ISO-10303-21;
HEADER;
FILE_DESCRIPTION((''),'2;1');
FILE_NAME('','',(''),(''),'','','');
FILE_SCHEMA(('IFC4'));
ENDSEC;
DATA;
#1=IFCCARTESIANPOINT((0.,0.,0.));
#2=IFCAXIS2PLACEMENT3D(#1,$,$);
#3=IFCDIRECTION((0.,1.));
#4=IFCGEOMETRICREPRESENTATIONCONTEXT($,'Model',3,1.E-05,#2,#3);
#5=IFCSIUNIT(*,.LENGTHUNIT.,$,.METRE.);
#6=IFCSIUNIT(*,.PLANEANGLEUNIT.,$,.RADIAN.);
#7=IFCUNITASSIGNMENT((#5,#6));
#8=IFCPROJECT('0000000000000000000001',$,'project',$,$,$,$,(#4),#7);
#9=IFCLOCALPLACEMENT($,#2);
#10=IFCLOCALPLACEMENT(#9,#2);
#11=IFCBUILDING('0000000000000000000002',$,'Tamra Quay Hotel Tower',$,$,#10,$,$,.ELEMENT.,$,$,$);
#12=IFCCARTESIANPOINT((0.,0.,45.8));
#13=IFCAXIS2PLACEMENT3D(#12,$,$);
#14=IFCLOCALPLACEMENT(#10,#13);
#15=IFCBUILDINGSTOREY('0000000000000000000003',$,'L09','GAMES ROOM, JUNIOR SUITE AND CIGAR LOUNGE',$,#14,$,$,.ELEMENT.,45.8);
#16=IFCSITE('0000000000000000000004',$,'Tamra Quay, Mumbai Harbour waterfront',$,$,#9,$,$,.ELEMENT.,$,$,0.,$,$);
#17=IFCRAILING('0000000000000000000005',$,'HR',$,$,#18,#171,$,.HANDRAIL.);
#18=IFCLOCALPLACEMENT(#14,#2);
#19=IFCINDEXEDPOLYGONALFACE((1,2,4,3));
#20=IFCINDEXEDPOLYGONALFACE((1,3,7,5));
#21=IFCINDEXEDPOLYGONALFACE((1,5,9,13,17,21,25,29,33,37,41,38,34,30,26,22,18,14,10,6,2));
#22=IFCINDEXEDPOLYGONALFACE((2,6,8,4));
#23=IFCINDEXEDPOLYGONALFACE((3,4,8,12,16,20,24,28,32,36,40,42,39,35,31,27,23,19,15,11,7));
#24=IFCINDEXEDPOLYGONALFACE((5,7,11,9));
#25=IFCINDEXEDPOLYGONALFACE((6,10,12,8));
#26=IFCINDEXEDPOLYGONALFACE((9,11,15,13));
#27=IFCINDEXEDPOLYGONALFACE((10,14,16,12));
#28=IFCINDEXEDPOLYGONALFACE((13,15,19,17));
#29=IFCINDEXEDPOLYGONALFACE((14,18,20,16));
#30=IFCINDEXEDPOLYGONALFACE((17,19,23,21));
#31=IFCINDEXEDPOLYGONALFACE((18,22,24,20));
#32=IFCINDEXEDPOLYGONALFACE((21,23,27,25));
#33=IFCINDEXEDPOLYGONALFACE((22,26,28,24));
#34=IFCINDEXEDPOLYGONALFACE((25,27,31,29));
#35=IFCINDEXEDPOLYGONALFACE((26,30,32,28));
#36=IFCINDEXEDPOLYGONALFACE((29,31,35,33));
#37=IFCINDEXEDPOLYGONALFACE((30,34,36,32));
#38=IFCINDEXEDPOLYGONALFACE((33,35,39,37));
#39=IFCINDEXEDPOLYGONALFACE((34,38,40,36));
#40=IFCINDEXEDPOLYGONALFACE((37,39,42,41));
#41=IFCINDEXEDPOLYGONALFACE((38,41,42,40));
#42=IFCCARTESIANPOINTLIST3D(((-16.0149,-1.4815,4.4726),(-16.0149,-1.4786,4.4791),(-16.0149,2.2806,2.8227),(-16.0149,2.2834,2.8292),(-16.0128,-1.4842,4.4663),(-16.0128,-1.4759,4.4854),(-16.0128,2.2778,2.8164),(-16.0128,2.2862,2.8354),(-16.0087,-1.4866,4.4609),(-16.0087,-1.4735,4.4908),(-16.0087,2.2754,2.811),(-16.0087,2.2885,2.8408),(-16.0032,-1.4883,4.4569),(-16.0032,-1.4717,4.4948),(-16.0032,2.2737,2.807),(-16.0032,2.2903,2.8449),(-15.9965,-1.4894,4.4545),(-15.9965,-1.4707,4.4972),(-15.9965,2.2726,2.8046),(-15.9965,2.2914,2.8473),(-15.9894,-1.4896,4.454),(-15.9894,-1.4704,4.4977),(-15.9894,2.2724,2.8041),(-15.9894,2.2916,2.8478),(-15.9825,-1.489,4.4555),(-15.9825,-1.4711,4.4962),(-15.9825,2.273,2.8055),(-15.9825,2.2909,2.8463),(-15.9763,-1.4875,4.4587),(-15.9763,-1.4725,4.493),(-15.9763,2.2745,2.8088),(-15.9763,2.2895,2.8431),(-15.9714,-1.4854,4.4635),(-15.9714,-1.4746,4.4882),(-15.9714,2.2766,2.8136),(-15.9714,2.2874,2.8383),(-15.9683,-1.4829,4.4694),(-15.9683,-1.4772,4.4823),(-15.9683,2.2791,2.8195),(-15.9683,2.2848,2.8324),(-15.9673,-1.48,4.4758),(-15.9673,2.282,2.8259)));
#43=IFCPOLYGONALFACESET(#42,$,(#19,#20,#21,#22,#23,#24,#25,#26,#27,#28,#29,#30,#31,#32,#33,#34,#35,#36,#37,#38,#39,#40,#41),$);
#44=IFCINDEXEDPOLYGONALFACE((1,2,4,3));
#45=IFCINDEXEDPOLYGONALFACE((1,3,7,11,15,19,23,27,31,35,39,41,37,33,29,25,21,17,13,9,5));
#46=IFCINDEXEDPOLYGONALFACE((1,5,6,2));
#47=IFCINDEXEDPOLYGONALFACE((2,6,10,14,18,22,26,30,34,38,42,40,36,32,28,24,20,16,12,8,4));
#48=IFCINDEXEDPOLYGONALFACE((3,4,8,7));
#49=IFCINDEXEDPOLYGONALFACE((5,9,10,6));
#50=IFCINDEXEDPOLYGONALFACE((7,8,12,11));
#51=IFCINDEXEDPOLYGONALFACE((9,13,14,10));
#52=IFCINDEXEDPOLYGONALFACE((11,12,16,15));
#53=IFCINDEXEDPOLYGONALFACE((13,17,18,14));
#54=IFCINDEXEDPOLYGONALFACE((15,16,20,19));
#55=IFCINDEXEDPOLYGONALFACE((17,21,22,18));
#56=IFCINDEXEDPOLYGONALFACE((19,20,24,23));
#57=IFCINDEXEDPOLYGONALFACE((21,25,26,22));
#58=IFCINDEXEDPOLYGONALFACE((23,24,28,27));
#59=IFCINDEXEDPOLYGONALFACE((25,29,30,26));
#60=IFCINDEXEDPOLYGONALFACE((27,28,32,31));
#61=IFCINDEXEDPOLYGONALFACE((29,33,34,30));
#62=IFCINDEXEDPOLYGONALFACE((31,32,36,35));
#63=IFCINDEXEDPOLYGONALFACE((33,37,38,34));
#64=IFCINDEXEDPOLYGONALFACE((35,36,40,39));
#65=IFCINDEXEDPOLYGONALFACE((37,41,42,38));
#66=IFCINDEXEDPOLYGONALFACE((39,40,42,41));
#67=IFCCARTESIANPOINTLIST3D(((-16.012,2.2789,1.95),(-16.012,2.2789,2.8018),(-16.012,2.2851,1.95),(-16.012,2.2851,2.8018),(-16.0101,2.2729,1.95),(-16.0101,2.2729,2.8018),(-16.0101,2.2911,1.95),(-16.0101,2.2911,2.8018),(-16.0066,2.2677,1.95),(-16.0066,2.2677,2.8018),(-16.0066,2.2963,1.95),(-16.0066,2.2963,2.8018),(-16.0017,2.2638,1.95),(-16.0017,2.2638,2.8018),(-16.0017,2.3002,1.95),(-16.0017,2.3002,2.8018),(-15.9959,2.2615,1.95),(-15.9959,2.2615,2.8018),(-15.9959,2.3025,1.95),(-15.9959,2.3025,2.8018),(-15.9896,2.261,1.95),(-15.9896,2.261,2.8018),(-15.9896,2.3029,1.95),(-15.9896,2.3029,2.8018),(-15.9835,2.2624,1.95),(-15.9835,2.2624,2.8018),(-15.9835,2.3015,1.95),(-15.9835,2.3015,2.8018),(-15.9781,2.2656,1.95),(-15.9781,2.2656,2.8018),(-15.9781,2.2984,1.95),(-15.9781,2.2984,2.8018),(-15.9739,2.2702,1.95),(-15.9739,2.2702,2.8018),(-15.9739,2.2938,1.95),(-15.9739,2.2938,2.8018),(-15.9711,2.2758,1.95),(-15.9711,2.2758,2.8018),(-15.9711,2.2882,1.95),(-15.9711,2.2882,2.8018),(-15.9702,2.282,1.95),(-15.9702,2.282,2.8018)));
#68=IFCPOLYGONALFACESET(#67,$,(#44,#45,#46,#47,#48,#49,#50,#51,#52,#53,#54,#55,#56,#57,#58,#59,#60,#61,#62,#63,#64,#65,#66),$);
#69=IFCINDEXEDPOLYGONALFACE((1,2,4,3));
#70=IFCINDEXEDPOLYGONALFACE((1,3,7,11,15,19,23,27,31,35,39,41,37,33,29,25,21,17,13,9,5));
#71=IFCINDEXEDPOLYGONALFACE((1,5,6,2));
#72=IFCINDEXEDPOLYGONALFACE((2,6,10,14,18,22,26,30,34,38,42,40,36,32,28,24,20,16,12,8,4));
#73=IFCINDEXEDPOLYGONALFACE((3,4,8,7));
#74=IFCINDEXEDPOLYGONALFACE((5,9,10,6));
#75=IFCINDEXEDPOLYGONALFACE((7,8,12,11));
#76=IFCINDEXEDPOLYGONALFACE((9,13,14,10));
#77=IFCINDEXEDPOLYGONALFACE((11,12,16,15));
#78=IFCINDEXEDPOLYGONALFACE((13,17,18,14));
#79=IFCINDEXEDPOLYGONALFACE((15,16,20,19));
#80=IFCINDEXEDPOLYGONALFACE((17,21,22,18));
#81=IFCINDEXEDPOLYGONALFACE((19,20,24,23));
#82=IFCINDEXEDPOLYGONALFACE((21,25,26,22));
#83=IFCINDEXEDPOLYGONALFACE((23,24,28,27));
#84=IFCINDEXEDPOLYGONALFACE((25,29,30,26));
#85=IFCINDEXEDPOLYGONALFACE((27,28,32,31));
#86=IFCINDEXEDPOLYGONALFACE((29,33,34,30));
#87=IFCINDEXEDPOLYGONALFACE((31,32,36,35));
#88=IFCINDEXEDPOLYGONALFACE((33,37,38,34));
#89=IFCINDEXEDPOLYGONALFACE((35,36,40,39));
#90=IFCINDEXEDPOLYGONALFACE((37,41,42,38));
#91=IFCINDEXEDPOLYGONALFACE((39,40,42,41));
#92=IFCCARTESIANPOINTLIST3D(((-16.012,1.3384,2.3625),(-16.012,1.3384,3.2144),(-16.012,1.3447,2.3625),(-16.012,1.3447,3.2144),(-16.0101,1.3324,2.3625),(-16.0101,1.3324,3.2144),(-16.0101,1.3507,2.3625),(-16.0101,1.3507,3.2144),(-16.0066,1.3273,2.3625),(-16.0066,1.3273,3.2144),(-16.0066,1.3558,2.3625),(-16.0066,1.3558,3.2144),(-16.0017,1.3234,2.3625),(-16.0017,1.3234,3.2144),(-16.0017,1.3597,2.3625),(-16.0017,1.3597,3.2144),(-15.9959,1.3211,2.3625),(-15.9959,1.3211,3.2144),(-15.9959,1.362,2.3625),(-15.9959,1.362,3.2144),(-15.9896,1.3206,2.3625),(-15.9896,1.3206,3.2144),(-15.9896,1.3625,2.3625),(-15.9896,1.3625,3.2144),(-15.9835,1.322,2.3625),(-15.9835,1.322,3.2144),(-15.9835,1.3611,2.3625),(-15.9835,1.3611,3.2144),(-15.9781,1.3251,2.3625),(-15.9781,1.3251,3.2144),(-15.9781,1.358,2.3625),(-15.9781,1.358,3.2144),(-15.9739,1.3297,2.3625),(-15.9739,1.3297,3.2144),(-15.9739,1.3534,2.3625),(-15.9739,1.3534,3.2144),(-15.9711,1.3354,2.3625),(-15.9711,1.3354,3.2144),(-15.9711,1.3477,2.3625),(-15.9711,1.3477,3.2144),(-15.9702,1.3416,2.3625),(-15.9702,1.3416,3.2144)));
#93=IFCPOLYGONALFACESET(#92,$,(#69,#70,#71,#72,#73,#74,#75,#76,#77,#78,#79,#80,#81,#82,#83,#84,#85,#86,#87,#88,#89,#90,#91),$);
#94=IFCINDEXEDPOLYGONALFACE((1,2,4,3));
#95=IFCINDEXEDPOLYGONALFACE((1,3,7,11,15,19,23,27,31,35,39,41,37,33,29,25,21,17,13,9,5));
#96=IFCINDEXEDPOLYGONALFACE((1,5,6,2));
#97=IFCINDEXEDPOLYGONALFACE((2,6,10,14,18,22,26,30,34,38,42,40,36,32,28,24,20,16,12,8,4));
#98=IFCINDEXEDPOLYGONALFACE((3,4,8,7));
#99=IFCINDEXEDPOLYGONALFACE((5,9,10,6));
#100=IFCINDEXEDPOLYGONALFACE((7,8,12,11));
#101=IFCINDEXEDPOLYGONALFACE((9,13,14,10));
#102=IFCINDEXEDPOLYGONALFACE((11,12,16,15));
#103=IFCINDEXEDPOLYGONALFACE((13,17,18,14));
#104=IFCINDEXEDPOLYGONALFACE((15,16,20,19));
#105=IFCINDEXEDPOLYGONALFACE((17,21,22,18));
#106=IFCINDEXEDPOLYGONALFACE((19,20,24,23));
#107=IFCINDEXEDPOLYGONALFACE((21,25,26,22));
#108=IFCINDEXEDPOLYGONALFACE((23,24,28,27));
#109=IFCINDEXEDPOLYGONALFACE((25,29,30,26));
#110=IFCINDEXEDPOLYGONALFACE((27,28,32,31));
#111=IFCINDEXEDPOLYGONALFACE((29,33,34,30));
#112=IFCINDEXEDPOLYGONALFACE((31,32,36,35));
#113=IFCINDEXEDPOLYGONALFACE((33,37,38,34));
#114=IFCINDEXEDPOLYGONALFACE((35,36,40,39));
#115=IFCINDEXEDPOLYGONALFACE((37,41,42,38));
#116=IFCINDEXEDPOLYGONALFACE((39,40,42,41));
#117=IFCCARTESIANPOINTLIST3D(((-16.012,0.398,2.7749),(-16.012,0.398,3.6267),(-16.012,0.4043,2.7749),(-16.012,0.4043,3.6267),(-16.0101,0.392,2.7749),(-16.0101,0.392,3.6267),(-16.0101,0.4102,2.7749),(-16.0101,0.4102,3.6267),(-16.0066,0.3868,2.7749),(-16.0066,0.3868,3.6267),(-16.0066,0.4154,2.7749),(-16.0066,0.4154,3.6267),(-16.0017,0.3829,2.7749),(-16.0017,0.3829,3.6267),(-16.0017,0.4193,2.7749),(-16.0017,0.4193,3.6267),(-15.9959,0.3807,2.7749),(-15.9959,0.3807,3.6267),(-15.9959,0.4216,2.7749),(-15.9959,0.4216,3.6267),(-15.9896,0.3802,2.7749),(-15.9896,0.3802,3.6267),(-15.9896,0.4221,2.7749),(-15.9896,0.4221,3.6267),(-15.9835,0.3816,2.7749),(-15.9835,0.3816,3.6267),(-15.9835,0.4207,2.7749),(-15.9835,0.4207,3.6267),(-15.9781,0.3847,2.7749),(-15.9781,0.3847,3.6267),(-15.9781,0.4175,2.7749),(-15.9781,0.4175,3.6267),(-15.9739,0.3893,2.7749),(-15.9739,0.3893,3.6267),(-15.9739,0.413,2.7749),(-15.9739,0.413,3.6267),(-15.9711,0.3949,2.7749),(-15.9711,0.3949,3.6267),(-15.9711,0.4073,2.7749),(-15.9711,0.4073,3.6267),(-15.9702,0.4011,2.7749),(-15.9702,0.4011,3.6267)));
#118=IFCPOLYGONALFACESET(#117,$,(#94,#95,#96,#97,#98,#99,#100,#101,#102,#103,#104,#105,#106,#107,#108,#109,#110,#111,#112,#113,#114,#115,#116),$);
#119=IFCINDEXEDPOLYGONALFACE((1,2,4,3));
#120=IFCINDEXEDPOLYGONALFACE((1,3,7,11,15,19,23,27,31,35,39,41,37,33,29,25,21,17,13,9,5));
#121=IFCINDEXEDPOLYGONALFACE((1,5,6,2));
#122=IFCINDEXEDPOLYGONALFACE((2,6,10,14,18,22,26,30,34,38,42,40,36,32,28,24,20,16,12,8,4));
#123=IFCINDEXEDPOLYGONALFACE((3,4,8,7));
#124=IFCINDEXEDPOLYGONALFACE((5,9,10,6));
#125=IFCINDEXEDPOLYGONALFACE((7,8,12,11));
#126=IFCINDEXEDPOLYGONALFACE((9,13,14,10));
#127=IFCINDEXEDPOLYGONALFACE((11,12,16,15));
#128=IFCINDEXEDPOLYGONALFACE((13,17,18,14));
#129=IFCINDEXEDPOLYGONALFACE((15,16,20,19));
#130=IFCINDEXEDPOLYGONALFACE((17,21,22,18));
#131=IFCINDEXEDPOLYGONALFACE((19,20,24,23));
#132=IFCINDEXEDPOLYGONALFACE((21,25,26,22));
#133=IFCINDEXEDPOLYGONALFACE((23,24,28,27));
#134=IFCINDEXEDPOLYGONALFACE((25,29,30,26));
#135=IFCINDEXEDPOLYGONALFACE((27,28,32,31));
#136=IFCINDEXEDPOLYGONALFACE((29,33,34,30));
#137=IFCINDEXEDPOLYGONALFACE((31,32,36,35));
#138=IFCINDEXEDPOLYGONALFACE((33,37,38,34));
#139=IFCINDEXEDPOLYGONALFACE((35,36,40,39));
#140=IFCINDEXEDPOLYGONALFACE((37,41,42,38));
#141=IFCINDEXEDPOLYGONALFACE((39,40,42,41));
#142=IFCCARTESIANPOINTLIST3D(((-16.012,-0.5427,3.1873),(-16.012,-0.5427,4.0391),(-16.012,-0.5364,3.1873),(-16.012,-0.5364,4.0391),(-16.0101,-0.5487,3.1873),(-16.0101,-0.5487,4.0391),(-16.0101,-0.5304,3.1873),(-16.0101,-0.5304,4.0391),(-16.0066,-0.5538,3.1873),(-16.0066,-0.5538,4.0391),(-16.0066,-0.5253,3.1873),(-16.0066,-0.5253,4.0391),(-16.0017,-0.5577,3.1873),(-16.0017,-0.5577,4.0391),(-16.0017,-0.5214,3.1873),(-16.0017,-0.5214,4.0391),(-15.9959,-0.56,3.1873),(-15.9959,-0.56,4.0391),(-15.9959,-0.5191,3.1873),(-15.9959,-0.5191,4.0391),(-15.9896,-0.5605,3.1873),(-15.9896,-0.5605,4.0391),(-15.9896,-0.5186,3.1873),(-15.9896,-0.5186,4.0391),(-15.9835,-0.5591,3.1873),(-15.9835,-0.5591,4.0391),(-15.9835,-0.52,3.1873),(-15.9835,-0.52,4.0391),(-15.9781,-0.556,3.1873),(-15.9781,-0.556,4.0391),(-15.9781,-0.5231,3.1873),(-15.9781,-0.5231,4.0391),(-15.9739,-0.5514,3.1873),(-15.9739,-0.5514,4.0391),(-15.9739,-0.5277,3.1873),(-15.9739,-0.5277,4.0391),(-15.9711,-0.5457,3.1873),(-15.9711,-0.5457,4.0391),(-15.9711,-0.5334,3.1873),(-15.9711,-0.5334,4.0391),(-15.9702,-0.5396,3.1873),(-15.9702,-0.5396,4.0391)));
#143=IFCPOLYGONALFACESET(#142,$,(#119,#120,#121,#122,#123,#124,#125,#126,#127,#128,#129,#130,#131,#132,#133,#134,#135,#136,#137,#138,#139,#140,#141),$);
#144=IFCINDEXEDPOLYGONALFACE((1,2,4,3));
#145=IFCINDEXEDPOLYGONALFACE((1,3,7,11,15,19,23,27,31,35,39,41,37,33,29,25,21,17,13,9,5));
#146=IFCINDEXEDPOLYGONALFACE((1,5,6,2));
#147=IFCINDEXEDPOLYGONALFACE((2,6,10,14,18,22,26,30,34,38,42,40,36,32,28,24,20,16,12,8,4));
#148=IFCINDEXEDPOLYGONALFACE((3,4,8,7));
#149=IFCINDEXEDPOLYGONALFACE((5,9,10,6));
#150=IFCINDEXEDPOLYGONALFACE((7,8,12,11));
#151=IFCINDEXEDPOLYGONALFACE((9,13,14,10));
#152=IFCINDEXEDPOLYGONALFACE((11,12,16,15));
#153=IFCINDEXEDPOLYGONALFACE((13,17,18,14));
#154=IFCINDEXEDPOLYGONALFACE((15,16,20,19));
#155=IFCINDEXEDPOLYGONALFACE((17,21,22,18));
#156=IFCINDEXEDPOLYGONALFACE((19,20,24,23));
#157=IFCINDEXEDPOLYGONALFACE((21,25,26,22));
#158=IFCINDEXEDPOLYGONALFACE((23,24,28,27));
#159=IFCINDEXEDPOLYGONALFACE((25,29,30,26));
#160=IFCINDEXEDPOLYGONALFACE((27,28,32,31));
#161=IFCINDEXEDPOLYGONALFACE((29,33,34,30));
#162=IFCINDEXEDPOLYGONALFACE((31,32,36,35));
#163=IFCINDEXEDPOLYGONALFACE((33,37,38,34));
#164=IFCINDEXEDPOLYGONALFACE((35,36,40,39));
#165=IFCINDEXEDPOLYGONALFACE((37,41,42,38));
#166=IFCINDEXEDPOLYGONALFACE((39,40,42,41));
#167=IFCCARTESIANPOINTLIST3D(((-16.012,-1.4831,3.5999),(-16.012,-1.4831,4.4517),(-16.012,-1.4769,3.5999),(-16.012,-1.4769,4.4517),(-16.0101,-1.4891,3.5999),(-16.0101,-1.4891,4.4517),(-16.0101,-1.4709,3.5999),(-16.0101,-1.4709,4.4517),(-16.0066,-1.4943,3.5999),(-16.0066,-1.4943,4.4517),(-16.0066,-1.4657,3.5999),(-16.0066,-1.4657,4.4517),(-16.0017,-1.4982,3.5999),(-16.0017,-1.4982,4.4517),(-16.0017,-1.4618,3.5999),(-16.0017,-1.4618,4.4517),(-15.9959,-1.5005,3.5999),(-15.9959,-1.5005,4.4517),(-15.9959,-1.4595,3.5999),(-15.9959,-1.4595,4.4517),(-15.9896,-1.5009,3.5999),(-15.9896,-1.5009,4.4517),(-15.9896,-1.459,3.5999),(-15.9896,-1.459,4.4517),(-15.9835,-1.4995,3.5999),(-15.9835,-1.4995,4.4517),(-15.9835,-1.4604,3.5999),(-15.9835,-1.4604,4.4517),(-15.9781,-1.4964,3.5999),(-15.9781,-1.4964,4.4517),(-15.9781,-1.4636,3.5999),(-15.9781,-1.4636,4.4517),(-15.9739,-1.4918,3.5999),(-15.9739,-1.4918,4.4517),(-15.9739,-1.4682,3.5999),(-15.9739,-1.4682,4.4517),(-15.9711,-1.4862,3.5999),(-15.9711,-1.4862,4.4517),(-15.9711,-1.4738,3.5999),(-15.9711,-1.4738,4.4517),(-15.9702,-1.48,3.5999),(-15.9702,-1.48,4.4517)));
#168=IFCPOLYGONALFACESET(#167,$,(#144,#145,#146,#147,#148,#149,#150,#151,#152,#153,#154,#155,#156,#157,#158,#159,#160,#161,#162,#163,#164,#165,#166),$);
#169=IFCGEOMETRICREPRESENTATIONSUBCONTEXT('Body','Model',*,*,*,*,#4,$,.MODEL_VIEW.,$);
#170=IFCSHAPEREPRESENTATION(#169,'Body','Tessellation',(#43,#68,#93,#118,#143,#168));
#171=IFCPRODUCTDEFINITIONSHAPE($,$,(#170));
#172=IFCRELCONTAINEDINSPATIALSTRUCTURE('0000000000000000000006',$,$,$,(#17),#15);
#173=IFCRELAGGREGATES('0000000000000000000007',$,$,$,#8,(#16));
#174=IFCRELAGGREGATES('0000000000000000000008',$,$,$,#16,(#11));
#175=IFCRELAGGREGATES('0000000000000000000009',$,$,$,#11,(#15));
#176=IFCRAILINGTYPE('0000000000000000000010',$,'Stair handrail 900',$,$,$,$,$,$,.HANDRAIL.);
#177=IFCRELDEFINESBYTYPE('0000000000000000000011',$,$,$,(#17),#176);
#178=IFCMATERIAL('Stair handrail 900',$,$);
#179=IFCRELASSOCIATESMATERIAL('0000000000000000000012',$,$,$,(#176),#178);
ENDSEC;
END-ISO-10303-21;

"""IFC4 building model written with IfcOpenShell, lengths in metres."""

from ifc_helpers import new_model, si_unit, direction, frame, origin, origin_2d, place, context, subcontext, project, spatial, circle, extrude, material, type_object, element, save


model = new_model("IFC4")

# Units and contexts
model_context = context("Model", 3, precision=1e-05, world=origin(), true_north=direction((0.0, 1.0)))
body_context = subcontext(model_context, "Body", "Model", "MODEL_VIEW")
ifc_project = project(units=[si_unit("LENGTHUNIT", "METRE"), si_unit("PLANEANGLEUNIT", "RADIAN")], contexts=[model_context])

# Site, building, storey
site_placement = place(None, origin())
site = spatial("IfcSite", under=ifc_project, at=site_placement, Name="Tamra Quay, Mumbai Harbour waterfront", CompositionType="ELEMENT", RefElevation=0.0)
building_placement = place(site_placement, origin())
building = spatial("IfcBuilding", under=site, at=building_placement, Name="Tamra Quay Hotel Tower", CompositionType="ELEMENT")
storey_placement = place(building_placement, frame((0.0, 0.0, 45.8)))
storey = spatial("IfcBuildingStorey", under=building, at=storey_placement, Name="L09", Description="GAMES ROOM, JUNIOR SUITE AND CIGAR LOUNGE", CompositionType="ELEMENT", Elevation=45.8)

# Railing
ifc_material_1 = material(Name="Stair handrail 900")
railing_type = type_object("IfcRailingType", Name="Stair handrail 900", PredefinedType="HANDRAIL", material=ifc_material_1)
railing_placement = place(storey_placement, frame((-15.9912, 2.282, 1.95)))
element("IfcRailing", 1, at=railing_placement, inside=storey, type_object=railing_type, Name="HR", PredefinedType="HANDRAIL", context=body_context, shape_type="SweptSolid", body=[
    extrude(circle(Radius=0.0239, at=origin_2d()), frame((0.0, 0.0, 0.876), z_axis=(0.0, -0.915795, 0.401645), x_axis=(1.0, 0.0, 0.0)), (0.0, 0.0, 1.0), 4.1079),
    extrude(circle(Radius=0.021, at=origin_2d()), origin(), (0.0, 0.0, 1.0), 0.8518),
    extrude(circle(Radius=0.021, at=origin_2d()), frame((0.0, -0.9404, 0.4126)), (0.0, 0.0, 1.0), 0.8518),
    extrude(circle(Radius=0.021, at=origin_2d()), frame((0.0, -1.8809, 0.825)), (0.0, 0.0, 1.0), 0.8518),
    extrude(circle(Radius=0.021, at=origin_2d()), frame((0.0, -2.8215, 1.2373)), (0.0, 0.0, 1.0), 0.8518),
    extrude(circle(Radius=0.021, at=origin_2d()), frame((0.0, -3.762, 1.6499)), (0.0, 0.0, 1.0), 0.8518),
])

save(model, "model.ifc")
